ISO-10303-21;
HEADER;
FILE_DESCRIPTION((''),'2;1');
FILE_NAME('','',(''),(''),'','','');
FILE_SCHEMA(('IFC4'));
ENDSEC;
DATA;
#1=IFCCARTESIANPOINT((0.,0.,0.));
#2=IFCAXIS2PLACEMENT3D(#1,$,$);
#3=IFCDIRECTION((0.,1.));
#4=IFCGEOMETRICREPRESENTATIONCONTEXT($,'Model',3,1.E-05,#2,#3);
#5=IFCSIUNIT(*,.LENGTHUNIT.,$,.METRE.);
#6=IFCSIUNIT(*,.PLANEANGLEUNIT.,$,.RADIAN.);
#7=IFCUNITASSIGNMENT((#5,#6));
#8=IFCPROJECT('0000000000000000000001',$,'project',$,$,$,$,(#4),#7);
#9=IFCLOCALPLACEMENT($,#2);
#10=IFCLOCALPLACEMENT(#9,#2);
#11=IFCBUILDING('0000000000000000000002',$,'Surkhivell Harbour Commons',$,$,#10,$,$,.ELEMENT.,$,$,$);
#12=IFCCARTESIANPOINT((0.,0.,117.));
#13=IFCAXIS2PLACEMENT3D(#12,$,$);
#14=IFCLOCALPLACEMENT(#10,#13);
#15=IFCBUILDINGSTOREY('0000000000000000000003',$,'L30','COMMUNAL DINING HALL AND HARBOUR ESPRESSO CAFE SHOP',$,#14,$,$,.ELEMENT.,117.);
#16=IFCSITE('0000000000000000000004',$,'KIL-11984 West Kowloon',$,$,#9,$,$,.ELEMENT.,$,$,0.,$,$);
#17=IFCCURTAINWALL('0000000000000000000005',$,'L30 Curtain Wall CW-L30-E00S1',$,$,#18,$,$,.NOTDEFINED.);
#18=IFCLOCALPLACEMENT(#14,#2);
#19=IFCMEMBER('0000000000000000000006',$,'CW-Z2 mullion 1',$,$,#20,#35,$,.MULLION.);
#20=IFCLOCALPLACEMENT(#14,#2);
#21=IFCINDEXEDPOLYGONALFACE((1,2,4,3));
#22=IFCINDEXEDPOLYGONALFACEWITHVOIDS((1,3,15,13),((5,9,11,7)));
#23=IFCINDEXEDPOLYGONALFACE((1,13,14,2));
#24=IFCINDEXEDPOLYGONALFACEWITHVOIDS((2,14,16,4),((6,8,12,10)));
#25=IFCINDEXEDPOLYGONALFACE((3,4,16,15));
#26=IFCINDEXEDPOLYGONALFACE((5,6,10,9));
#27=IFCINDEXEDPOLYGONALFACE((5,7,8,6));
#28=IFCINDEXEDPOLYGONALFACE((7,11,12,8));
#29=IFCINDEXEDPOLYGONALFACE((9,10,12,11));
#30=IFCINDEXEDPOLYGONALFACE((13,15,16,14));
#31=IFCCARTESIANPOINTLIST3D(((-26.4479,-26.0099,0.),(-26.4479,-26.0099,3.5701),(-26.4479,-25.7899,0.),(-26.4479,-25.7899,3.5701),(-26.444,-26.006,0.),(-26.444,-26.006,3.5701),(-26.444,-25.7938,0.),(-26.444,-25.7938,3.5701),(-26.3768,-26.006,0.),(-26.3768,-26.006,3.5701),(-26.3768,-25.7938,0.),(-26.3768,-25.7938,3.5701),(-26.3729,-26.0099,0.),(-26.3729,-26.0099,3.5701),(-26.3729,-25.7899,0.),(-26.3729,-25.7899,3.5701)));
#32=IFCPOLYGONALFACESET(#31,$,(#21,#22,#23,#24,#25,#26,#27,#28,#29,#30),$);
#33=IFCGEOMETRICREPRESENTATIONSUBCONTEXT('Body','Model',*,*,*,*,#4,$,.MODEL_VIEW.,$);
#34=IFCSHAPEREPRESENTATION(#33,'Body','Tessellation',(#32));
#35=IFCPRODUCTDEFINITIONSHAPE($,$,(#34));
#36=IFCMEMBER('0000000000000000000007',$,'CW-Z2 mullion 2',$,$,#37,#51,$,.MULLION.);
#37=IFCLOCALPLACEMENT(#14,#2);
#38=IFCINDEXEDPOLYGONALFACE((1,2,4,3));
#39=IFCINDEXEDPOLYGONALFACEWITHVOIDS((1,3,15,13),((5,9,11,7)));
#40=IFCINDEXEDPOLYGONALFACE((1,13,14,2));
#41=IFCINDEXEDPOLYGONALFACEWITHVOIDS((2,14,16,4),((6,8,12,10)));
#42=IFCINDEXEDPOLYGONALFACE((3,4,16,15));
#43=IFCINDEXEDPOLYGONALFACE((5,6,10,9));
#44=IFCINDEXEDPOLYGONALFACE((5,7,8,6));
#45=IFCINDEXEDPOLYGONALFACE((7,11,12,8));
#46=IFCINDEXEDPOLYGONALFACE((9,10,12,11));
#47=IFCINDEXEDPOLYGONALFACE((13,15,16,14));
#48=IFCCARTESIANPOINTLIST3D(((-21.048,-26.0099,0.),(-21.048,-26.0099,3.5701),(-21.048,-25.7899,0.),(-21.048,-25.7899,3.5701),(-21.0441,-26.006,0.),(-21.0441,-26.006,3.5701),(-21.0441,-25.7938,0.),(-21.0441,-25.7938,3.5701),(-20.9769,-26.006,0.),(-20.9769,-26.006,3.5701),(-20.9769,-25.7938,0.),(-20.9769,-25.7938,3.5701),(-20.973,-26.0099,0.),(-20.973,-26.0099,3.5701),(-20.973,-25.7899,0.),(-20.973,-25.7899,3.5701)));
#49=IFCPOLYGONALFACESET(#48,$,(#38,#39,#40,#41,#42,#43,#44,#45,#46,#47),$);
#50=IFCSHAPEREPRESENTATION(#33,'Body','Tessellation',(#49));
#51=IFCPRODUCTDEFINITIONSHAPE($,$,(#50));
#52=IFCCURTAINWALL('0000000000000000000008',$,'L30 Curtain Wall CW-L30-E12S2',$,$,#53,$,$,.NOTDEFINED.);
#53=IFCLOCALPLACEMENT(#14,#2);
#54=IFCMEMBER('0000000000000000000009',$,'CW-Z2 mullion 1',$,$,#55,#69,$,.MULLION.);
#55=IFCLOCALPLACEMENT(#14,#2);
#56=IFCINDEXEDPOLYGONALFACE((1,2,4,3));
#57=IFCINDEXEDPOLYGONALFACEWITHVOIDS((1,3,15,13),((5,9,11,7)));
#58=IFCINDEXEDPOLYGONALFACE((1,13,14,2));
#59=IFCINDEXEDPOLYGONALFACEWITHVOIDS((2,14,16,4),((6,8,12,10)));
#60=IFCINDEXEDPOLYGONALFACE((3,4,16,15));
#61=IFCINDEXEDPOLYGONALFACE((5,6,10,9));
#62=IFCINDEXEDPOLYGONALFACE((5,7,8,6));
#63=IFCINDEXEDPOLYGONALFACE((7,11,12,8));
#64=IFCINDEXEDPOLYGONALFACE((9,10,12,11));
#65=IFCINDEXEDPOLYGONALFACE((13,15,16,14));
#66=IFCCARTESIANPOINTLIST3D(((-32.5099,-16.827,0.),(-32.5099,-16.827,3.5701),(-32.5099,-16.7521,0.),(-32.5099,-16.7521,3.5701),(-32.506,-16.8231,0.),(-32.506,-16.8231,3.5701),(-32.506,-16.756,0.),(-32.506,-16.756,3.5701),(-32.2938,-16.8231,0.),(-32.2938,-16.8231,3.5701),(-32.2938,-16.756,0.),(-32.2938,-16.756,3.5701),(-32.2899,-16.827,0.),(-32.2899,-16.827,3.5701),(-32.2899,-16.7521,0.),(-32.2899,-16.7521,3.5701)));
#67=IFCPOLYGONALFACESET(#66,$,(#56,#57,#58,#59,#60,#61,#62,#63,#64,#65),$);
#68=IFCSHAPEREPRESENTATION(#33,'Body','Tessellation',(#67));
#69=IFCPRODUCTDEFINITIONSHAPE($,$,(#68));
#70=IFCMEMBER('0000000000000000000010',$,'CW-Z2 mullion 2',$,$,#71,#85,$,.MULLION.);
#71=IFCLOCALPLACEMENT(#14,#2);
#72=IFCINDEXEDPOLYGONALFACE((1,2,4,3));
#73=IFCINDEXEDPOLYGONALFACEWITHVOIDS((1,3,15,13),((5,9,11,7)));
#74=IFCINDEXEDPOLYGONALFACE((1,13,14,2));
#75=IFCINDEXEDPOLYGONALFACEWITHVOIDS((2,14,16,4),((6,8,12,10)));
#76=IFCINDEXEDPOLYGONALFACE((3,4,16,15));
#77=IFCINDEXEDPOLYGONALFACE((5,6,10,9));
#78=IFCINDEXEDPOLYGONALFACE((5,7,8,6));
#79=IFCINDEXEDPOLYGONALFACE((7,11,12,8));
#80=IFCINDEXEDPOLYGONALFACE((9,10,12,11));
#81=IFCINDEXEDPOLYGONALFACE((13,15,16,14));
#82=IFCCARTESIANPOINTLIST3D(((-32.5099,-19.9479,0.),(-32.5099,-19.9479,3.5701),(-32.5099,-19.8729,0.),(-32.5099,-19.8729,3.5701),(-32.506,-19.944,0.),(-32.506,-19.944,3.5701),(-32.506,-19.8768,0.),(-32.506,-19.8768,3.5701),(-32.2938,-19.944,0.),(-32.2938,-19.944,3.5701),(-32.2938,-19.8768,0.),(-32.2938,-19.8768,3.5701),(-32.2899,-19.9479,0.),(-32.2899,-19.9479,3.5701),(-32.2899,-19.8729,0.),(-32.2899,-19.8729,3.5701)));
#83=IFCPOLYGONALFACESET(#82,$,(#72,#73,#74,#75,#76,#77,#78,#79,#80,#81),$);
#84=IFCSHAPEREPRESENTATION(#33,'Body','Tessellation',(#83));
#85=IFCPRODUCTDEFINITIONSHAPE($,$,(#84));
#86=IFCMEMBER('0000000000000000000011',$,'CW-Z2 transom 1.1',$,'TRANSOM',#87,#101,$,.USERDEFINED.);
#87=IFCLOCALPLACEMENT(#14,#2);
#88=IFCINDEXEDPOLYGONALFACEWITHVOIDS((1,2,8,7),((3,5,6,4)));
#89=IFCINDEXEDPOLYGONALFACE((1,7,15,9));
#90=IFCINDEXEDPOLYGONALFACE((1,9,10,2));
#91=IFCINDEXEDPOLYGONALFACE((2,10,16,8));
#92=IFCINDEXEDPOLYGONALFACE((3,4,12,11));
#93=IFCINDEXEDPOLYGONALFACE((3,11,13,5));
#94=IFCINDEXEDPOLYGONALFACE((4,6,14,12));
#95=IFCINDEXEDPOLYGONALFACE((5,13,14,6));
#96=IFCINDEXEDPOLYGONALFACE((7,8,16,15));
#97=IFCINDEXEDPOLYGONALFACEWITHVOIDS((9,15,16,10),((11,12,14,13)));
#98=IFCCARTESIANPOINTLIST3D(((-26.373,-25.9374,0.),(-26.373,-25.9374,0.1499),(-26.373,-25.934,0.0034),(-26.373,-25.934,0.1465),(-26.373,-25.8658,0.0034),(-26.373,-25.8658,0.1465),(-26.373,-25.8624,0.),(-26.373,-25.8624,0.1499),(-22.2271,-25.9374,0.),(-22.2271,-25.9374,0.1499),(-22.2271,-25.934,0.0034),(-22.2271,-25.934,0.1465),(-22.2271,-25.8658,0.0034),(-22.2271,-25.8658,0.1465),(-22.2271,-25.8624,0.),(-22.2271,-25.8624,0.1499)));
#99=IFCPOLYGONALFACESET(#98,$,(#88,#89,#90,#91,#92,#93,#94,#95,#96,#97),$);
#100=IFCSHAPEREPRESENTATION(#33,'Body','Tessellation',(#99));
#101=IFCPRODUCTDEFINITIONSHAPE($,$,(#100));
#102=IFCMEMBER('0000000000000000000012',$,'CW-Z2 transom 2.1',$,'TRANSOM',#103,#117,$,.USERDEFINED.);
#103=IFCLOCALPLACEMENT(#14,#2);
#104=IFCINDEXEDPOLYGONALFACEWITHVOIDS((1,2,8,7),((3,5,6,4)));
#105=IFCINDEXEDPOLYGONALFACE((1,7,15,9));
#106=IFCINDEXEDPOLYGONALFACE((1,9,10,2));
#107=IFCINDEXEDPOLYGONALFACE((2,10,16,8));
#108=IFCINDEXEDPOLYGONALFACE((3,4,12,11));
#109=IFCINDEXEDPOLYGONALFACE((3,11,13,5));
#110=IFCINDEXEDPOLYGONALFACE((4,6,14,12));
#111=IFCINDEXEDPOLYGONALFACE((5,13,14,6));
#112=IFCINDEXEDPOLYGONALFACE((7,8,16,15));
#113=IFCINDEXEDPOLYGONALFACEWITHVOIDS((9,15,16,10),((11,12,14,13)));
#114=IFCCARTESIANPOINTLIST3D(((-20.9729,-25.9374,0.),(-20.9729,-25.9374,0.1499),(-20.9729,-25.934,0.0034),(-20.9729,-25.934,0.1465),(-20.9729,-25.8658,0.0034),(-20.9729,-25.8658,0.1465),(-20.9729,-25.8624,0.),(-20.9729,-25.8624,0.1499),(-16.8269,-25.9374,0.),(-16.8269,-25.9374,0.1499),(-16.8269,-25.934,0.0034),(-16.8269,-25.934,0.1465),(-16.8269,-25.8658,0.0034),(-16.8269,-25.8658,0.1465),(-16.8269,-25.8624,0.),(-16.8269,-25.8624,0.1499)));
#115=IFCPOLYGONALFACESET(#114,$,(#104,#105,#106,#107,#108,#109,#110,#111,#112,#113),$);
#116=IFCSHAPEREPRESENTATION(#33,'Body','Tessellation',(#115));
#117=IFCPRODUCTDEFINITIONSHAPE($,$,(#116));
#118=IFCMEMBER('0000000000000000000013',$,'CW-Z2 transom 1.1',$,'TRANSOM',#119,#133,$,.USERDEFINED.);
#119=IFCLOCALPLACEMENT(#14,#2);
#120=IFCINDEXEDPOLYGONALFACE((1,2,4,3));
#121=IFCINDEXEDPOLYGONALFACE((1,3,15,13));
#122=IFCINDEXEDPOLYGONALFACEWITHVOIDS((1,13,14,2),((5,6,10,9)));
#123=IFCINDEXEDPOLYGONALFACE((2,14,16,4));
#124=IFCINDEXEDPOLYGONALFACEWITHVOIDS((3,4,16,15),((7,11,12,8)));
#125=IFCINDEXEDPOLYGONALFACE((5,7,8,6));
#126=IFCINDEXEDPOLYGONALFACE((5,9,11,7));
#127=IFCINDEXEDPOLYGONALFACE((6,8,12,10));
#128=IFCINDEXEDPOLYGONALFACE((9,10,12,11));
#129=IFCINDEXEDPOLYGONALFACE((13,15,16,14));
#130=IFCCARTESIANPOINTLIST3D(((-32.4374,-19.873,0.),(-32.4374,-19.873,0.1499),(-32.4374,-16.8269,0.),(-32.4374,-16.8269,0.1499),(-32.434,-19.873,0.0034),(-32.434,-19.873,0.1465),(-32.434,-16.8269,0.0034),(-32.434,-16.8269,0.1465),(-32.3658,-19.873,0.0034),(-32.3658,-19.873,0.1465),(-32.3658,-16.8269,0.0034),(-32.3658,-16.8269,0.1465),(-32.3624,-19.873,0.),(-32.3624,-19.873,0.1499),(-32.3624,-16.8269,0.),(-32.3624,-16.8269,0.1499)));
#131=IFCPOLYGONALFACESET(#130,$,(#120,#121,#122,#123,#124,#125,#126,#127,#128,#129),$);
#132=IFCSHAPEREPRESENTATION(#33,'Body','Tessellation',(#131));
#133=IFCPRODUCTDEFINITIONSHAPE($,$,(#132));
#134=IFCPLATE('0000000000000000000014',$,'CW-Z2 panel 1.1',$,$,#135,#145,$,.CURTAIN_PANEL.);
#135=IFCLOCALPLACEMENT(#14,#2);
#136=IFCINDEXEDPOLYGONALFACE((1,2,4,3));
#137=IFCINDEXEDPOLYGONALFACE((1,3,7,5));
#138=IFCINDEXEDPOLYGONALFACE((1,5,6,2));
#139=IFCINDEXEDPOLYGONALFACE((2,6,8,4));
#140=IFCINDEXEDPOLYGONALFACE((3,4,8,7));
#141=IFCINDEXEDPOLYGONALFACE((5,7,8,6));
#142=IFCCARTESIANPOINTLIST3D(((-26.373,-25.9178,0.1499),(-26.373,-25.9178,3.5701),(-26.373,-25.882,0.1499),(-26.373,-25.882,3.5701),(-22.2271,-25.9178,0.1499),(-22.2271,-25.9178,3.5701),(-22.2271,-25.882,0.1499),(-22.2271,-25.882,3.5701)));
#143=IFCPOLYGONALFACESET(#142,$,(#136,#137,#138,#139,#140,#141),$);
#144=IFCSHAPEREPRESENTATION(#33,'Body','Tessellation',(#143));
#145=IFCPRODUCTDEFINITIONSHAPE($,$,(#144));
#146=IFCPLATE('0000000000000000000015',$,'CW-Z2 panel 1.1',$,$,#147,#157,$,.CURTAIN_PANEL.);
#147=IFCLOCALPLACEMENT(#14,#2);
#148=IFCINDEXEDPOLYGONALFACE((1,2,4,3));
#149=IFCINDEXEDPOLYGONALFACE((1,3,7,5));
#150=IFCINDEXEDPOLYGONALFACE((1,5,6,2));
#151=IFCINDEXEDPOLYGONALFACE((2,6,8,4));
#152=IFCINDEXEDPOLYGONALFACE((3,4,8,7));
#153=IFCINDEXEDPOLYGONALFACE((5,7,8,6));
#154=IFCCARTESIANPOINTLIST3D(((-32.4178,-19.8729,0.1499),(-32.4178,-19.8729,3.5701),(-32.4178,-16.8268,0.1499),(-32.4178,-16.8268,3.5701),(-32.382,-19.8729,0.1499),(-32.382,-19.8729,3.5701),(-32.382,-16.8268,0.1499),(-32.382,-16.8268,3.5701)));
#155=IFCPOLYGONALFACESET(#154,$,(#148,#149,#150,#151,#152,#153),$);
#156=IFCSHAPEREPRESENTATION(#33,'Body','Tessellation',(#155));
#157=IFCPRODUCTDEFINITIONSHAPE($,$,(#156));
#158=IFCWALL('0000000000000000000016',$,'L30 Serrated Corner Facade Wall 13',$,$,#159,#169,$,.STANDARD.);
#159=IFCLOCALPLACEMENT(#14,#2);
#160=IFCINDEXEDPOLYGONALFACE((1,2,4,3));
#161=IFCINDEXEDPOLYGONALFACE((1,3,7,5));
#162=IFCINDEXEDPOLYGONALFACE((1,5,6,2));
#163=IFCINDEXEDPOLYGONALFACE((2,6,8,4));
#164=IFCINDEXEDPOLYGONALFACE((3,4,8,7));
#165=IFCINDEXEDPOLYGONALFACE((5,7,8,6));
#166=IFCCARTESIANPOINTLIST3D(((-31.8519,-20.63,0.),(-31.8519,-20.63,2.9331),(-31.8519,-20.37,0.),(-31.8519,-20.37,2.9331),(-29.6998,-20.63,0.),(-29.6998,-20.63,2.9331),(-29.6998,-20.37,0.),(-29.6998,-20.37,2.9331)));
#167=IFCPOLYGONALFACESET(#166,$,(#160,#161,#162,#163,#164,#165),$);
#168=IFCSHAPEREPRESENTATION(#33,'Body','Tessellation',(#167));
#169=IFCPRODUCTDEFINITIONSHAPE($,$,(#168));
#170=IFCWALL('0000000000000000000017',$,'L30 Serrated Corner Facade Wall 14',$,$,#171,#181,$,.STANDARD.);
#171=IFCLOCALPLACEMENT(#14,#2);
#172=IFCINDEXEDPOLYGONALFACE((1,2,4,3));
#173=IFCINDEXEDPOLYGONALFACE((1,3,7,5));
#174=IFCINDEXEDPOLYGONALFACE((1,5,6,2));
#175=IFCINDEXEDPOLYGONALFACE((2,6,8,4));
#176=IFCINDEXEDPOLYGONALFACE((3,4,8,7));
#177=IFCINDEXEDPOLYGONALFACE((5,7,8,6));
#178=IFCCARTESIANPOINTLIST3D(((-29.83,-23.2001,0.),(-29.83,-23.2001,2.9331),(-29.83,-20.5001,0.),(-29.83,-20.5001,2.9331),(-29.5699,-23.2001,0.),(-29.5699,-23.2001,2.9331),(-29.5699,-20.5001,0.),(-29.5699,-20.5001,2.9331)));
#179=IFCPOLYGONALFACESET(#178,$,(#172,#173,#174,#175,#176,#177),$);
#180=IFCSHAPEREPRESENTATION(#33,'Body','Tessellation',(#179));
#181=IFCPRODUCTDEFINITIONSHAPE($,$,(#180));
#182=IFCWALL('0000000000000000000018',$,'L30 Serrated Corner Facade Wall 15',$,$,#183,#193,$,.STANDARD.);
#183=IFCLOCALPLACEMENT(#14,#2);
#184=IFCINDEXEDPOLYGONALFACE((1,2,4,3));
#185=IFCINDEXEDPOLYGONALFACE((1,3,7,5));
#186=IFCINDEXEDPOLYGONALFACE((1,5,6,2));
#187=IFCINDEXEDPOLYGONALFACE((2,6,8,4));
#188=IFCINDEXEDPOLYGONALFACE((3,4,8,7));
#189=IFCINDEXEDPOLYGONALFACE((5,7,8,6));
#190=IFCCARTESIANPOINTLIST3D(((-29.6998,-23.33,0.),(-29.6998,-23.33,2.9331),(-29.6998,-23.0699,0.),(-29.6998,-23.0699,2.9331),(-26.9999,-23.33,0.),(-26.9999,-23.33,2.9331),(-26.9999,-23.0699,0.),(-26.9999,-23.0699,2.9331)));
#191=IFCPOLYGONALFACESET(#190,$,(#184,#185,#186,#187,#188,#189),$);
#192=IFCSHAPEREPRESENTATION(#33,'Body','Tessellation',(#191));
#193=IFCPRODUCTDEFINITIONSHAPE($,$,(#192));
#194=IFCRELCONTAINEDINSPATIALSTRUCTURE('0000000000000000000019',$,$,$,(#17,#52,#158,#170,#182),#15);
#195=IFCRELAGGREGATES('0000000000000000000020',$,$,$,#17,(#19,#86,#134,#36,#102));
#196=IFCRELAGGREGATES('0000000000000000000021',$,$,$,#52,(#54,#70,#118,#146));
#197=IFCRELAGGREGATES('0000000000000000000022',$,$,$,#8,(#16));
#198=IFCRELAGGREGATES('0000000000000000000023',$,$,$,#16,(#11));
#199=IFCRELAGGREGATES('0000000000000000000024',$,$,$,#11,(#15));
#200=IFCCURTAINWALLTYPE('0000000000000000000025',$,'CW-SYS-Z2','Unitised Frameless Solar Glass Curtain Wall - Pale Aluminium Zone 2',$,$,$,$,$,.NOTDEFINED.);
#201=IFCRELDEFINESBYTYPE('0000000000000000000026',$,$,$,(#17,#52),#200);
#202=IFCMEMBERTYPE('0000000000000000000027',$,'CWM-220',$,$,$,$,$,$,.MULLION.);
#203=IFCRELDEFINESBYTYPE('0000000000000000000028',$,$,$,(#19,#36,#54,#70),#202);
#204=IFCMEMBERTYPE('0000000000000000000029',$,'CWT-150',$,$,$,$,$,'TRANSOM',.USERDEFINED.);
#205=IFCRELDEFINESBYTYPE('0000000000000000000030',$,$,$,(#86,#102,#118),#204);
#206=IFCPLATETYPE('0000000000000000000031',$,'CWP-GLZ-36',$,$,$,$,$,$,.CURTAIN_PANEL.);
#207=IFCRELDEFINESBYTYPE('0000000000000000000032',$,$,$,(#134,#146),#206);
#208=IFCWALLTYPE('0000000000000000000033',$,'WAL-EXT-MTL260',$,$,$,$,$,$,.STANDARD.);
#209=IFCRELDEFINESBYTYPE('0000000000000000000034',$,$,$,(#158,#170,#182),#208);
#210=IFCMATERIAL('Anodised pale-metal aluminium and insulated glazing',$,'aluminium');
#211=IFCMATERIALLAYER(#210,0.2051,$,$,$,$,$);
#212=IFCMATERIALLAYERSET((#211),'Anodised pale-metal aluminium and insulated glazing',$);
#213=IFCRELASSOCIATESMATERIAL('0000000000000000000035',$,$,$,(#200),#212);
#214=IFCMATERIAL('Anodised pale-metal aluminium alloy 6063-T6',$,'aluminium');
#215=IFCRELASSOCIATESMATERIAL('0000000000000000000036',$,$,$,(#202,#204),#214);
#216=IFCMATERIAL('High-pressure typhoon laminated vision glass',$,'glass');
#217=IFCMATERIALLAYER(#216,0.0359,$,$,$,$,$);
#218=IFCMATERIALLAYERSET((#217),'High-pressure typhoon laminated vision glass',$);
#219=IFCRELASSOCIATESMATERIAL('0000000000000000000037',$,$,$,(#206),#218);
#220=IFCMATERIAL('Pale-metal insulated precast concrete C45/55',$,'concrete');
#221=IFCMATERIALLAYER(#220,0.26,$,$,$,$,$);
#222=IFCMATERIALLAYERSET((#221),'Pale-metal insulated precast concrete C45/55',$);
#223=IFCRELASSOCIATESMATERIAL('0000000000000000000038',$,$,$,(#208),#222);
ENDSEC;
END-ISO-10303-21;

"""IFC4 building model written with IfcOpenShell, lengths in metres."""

from ifc_helpers import new_model, si_unit, direction, frame, frame_2d, origin, origin_2d, place, context, subcontext, project, spatial, rectangle, hollow_rectangle, extrude, material, layer, layer_set, material_profile, profile_set, type_object, element, aggregate, save


model = new_model("IFC4")

# Units and contexts
model_context = context("Model", 3, precision=1e-05, world=origin(), true_north=direction((0.0, 1.0)))
body_context = subcontext(model_context, "Body", "Model", "MODEL_VIEW")
ifc_project = project(units=[si_unit("LENGTHUNIT", "METRE"), si_unit("PLANEANGLEUNIT", "RADIAN")], contexts=[model_context])

# Site, building, storey
site_placement = place(None, origin())
site = spatial("IfcSite", under=ifc_project, at=site_placement, Name="KIL-11984 West Kowloon", CompositionType="ELEMENT", RefElevation=0.0)
building_placement = place(site_placement, origin())
building = spatial("IfcBuilding", under=site, at=building_placement, Name="Surkhivell Harbour Commons", CompositionType="ELEMENT")
storey_placement = place(building_placement, frame((0.0, 0.0, 117.0)))
storey = spatial("IfcBuildingStorey", under=building, at=storey_placement, Name="L30", Description="COMMUNAL DINING HALL AND HARBOUR ESPRESSO CAFE SHOP", CompositionType="ELEMENT", Elevation=117.0)

# Curtain walls, members
ifc_material_1 = material(Name="Anodised pale-metal aluminium and insulated glazing", Category="aluminium")
ifc_layer_1 = layer(ifc_material_1, 0.2051)
ifc_layer_set_1 = layer_set([ifc_layer_1], Name="Anodised pale-metal aluminium and insulated glazing")
curtain_wall_type = type_object("IfcCurtainWallType", Name="CW-SYS-Z2", Description="Unitised Frameless Solar Glass Curtain Wall - Pale Aluminium Zone 2", PredefinedType="NOTDEFINED", material=ifc_layer_set_1)
curtain_wall_1_placement = place(storey_placement, origin())
curtain_wall_1 = element("IfcCurtainWall", 1, at=curtain_wall_1_placement, inside=storey, type_object=curtain_wall_type, Name="L30 Curtain Wall CW-L30-E00S1", PredefinedType="NOTDEFINED")
ifc_material_2 = material(Name="Anodised pale-metal aluminium alloy 6063-T6", Category="aluminium")
ifc_material_profile_1 = material_profile(ifc_material_2, hollow_rectangle(XDim=0.075, YDim=0.22, WallThickness=0.0039, at=origin_2d()), Name="ALU-MULL-75x220")
ifc_profile_set_1 = profile_set([ifc_material_profile_1], Name="Anodised pale-metal aluminium alloy 6063-T6")
member_type_1 = type_object("IfcMemberType", Name="CWM-220", PredefinedType="MULLION", material=ifc_profile_set_1)
member_1_placement = place(storey_placement, frame((-26.4104, -25.8999, 0.0), z_axis=(0.0, 0.0, 1.0), x_axis=(1.0, 0.0, 0.0)))
member_1 = element("IfcMember", 2, at=member_1_placement, type_object=member_type_1, Name="CW-Z2 mullion 1", PredefinedType="MULLION", context=body_context, shape_type="SweptSolid", body=[
    extrude(hollow_rectangle(XDim=0.075, YDim=0.22, WallThickness=0.0039, at=origin_2d()), origin(), (0.0, 0.0, 1.0), 3.5701),
])
member_2_placement = place(storey_placement, frame((-21.0105, -25.8999, 0.0), z_axis=(0.0, 0.0, 1.0), x_axis=(1.0, 0.0, 0.0)))
member_2 = element("IfcMember", 3, at=member_2_placement, type_object=member_type_1, Name="CW-Z2 mullion 2", PredefinedType="MULLION", context=body_context, shape_type="SweptSolid", body=[
    extrude(hollow_rectangle(XDim=0.075, YDim=0.22, WallThickness=0.0039, at=origin_2d()), origin(), (0.0, 0.0, 1.0), 3.5701),
])
curtain_wall_2_placement = place(storey_placement, origin())
curtain_wall_2 = element("IfcCurtainWall", 4, at=curtain_wall_2_placement, inside=storey, type_object=curtain_wall_type, Name="L30 Curtain Wall CW-L30-E12S2", PredefinedType="NOTDEFINED")
member_3_placement = place(storey_placement, frame((-32.3999, -16.7896, 0.0), z_axis=(0.0, 0.0, 1.0), x_axis=(0.0, -1.0, 0.0)))
member_3 = element("IfcMember", 5, at=member_3_placement, type_object=member_type_1, Name="CW-Z2 mullion 1", PredefinedType="MULLION", context=body_context, shape_type="SweptSolid", body=[
    extrude(hollow_rectangle(XDim=0.075, YDim=0.22, WallThickness=0.0039, at=origin_2d()), origin(), (0.0, 0.0, 1.0), 3.5701),
])
member_4_placement = place(storey_placement, frame((-32.3999, -19.9104, 0.0), z_axis=(0.0, 0.0, 1.0), x_axis=(0.0, -1.0, 0.0)))
member_4 = element("IfcMember", 6, at=member_4_placement, type_object=member_type_1, Name="CW-Z2 mullion 2", PredefinedType="MULLION", context=body_context, shape_type="SweptSolid", body=[
    extrude(hollow_rectangle(XDim=0.075, YDim=0.22, WallThickness=0.0039, at=origin_2d()), origin(), (0.0, 0.0, 1.0), 3.5701),
])

# Members
ifc_material_profile_2 = material_profile(ifc_material_2, hollow_rectangle(XDim=0.075, YDim=0.1499, WallThickness=0.0034, at=origin_2d()), Name="ALU-TRAN-75x150")
ifc_profile_set_2 = profile_set([ifc_material_profile_2], Name="Anodised pale-metal aluminium alloy 6063-T6")
member_type_2 = type_object("IfcMemberType", Name="CWT-150", ElementType="TRANSOM", PredefinedType="USERDEFINED", material=ifc_profile_set_2)
member_5_placement = place(storey_placement, frame((-26.373, -25.8999, 0.075), z_axis=(1.0, 0.0, 0.0), x_axis=(0.0, 1.0, 0.0)))
member_5 = element("IfcMember", 7, at=member_5_placement, type_object=member_type_2, Name="CW-Z2 transom 1.1", ObjectType="TRANSOM", PredefinedType="USERDEFINED", context=body_context, shape_type="SweptSolid", body=[
    extrude(hollow_rectangle(XDim=0.075, YDim=0.1499, WallThickness=0.0034, at=origin_2d()), origin(), (0.0, 0.0, 1.0), 4.146),
])
member_6_placement = place(storey_placement, frame((-20.9729, -25.8999, 0.075), z_axis=(1.0, 0.0, 0.0), x_axis=(0.0, 1.0, 0.0)))
member_6 = element("IfcMember", 8, at=member_6_placement, type_object=member_type_2, Name="CW-Z2 transom 2.1", ObjectType="TRANSOM", PredefinedType="USERDEFINED", context=body_context, shape_type="SweptSolid", body=[
    extrude(hollow_rectangle(XDim=0.075, YDim=0.1499, WallThickness=0.0034, at=origin_2d()), origin(), (0.0, 0.0, 1.0), 4.146),
])
member_7_placement = place(storey_placement, frame((-32.3999, -16.8269, 0.075), z_axis=(0.0, -1.0, 0.0), x_axis=(1.0, 0.0, 0.0)))
member_7 = element("IfcMember", 9, at=member_7_placement, type_object=member_type_2, Name="CW-Z2 transom 1.1", ObjectType="TRANSOM", PredefinedType="USERDEFINED", context=body_context, shape_type="SweptSolid", body=[
    extrude(hollow_rectangle(XDim=0.075, YDim=0.1499, WallThickness=0.0034, at=origin_2d()), origin(), (0.0, 0.0, 1.0), 3.0461),
])

# Plates
ifc_material_3 = material(Name="High-pressure typhoon laminated vision glass", Category="glass")
ifc_layer_2 = layer(ifc_material_3, 0.0359)
ifc_layer_set_2 = layer_set([ifc_layer_2], Name="High-pressure typhoon laminated vision glass")
plate_type = type_object("IfcPlateType", Name="CWP-GLZ-36", PredefinedType="CURTAIN_PANEL", material=ifc_layer_set_2)
plate_1_placement = place(storey_placement, frame((-26.373, -25.8999, 0.1499), z_axis=(0.0, 0.0, 1.0), x_axis=(1.0, 0.0, 0.0)))
plate_1 = element("IfcPlate", 10, at=plate_1_placement, type_object=plate_type, Name="CW-Z2 panel 1.1", PredefinedType="CURTAIN_PANEL", context=body_context, shape_type="SweptSolid", body=[
    extrude(rectangle(XDim=4.146, YDim=0.0359, at=frame_2d((2.073, 0.0))), origin(), (0.0, 0.0, 1.0), 3.4202),
])
aggregate(curtain_wall_1, [member_1, member_5, plate_1, member_2, member_6])
plate_2_placement = place(storey_placement, frame((-32.3999, -16.8269, 0.1499), z_axis=(0.0, 0.0, 1.0), x_axis=(0.0, -1.0, 0.0)))
plate_2 = element("IfcPlate", 11, at=plate_2_placement, type_object=plate_type, Name="CW-Z2 panel 1.1", PredefinedType="CURTAIN_PANEL", context=body_context, shape_type="SweptSolid", body=[
    extrude(rectangle(XDim=3.0461, YDim=0.0359, at=frame_2d((1.5229, 0.0))), origin(), (0.0, 0.0, 1.0), 3.4202),
])
aggregate(curtain_wall_2, [member_3, member_4, member_7, plate_2])

# Walls
ifc_material_4 = material(Name="Pale-metal insulated precast concrete C45/55", Category="concrete")
ifc_layer_3 = layer(ifc_material_4, 0.26)
ifc_layer_set_3 = layer_set([ifc_layer_3], Name="Pale-metal insulated precast concrete C45/55")
wall_type = type_object("IfcWallType", Name="WAL-EXT-MTL260", PredefinedType="STANDARD", material=ifc_layer_set_3)
wall_1_placement = place(storey_placement, frame((-31.8521, -20.5, 0.0), z_axis=(0.0, 0.0, 1.0), x_axis=(1.0, 0.0, 0.0)))
element("IfcWall", 12, at=wall_1_placement, inside=storey, type_object=wall_type, Name="L30 Serrated Corner Facade Wall 13", PredefinedType="STANDARD", context=body_context, shape_type="SweptSolid", body=[
    extrude(rectangle(XDim=2.1521, YDim=0.26, at=frame_2d((1.0762, 0.0))), origin(), (0.0, 0.0, 1.0), 2.9331),
])
for number, where, z_axis, x_axis, name in (
    (13, (-29.7, -20.5, 0.0), (0.0, 0.0, 1.0), (0.0, -1.0, 0.0), "L30 Serrated Corner Facade Wall 14"),
    (14, (-29.7, -23.2, 0.0), (0.0, 0.0, 1.0), (1.0, 0.0, 0.0), "L30 Serrated Corner Facade Wall 15"),
):
    element("IfcWall", number, at=place(storey_placement, frame(where, z_axis=z_axis, x_axis=x_axis)), inside=storey, type_object=wall_type, Name=name, PredefinedType="STANDARD", context=body_context, shape_type="SweptSolid", body=[
        extrude(rectangle(XDim=2.7, YDim=0.26, at=frame_2d((1.3501, 0.0))), origin(), (0.0, 0.0, 1.0), 2.9331),
    ])

save(model, "model.ifc")
